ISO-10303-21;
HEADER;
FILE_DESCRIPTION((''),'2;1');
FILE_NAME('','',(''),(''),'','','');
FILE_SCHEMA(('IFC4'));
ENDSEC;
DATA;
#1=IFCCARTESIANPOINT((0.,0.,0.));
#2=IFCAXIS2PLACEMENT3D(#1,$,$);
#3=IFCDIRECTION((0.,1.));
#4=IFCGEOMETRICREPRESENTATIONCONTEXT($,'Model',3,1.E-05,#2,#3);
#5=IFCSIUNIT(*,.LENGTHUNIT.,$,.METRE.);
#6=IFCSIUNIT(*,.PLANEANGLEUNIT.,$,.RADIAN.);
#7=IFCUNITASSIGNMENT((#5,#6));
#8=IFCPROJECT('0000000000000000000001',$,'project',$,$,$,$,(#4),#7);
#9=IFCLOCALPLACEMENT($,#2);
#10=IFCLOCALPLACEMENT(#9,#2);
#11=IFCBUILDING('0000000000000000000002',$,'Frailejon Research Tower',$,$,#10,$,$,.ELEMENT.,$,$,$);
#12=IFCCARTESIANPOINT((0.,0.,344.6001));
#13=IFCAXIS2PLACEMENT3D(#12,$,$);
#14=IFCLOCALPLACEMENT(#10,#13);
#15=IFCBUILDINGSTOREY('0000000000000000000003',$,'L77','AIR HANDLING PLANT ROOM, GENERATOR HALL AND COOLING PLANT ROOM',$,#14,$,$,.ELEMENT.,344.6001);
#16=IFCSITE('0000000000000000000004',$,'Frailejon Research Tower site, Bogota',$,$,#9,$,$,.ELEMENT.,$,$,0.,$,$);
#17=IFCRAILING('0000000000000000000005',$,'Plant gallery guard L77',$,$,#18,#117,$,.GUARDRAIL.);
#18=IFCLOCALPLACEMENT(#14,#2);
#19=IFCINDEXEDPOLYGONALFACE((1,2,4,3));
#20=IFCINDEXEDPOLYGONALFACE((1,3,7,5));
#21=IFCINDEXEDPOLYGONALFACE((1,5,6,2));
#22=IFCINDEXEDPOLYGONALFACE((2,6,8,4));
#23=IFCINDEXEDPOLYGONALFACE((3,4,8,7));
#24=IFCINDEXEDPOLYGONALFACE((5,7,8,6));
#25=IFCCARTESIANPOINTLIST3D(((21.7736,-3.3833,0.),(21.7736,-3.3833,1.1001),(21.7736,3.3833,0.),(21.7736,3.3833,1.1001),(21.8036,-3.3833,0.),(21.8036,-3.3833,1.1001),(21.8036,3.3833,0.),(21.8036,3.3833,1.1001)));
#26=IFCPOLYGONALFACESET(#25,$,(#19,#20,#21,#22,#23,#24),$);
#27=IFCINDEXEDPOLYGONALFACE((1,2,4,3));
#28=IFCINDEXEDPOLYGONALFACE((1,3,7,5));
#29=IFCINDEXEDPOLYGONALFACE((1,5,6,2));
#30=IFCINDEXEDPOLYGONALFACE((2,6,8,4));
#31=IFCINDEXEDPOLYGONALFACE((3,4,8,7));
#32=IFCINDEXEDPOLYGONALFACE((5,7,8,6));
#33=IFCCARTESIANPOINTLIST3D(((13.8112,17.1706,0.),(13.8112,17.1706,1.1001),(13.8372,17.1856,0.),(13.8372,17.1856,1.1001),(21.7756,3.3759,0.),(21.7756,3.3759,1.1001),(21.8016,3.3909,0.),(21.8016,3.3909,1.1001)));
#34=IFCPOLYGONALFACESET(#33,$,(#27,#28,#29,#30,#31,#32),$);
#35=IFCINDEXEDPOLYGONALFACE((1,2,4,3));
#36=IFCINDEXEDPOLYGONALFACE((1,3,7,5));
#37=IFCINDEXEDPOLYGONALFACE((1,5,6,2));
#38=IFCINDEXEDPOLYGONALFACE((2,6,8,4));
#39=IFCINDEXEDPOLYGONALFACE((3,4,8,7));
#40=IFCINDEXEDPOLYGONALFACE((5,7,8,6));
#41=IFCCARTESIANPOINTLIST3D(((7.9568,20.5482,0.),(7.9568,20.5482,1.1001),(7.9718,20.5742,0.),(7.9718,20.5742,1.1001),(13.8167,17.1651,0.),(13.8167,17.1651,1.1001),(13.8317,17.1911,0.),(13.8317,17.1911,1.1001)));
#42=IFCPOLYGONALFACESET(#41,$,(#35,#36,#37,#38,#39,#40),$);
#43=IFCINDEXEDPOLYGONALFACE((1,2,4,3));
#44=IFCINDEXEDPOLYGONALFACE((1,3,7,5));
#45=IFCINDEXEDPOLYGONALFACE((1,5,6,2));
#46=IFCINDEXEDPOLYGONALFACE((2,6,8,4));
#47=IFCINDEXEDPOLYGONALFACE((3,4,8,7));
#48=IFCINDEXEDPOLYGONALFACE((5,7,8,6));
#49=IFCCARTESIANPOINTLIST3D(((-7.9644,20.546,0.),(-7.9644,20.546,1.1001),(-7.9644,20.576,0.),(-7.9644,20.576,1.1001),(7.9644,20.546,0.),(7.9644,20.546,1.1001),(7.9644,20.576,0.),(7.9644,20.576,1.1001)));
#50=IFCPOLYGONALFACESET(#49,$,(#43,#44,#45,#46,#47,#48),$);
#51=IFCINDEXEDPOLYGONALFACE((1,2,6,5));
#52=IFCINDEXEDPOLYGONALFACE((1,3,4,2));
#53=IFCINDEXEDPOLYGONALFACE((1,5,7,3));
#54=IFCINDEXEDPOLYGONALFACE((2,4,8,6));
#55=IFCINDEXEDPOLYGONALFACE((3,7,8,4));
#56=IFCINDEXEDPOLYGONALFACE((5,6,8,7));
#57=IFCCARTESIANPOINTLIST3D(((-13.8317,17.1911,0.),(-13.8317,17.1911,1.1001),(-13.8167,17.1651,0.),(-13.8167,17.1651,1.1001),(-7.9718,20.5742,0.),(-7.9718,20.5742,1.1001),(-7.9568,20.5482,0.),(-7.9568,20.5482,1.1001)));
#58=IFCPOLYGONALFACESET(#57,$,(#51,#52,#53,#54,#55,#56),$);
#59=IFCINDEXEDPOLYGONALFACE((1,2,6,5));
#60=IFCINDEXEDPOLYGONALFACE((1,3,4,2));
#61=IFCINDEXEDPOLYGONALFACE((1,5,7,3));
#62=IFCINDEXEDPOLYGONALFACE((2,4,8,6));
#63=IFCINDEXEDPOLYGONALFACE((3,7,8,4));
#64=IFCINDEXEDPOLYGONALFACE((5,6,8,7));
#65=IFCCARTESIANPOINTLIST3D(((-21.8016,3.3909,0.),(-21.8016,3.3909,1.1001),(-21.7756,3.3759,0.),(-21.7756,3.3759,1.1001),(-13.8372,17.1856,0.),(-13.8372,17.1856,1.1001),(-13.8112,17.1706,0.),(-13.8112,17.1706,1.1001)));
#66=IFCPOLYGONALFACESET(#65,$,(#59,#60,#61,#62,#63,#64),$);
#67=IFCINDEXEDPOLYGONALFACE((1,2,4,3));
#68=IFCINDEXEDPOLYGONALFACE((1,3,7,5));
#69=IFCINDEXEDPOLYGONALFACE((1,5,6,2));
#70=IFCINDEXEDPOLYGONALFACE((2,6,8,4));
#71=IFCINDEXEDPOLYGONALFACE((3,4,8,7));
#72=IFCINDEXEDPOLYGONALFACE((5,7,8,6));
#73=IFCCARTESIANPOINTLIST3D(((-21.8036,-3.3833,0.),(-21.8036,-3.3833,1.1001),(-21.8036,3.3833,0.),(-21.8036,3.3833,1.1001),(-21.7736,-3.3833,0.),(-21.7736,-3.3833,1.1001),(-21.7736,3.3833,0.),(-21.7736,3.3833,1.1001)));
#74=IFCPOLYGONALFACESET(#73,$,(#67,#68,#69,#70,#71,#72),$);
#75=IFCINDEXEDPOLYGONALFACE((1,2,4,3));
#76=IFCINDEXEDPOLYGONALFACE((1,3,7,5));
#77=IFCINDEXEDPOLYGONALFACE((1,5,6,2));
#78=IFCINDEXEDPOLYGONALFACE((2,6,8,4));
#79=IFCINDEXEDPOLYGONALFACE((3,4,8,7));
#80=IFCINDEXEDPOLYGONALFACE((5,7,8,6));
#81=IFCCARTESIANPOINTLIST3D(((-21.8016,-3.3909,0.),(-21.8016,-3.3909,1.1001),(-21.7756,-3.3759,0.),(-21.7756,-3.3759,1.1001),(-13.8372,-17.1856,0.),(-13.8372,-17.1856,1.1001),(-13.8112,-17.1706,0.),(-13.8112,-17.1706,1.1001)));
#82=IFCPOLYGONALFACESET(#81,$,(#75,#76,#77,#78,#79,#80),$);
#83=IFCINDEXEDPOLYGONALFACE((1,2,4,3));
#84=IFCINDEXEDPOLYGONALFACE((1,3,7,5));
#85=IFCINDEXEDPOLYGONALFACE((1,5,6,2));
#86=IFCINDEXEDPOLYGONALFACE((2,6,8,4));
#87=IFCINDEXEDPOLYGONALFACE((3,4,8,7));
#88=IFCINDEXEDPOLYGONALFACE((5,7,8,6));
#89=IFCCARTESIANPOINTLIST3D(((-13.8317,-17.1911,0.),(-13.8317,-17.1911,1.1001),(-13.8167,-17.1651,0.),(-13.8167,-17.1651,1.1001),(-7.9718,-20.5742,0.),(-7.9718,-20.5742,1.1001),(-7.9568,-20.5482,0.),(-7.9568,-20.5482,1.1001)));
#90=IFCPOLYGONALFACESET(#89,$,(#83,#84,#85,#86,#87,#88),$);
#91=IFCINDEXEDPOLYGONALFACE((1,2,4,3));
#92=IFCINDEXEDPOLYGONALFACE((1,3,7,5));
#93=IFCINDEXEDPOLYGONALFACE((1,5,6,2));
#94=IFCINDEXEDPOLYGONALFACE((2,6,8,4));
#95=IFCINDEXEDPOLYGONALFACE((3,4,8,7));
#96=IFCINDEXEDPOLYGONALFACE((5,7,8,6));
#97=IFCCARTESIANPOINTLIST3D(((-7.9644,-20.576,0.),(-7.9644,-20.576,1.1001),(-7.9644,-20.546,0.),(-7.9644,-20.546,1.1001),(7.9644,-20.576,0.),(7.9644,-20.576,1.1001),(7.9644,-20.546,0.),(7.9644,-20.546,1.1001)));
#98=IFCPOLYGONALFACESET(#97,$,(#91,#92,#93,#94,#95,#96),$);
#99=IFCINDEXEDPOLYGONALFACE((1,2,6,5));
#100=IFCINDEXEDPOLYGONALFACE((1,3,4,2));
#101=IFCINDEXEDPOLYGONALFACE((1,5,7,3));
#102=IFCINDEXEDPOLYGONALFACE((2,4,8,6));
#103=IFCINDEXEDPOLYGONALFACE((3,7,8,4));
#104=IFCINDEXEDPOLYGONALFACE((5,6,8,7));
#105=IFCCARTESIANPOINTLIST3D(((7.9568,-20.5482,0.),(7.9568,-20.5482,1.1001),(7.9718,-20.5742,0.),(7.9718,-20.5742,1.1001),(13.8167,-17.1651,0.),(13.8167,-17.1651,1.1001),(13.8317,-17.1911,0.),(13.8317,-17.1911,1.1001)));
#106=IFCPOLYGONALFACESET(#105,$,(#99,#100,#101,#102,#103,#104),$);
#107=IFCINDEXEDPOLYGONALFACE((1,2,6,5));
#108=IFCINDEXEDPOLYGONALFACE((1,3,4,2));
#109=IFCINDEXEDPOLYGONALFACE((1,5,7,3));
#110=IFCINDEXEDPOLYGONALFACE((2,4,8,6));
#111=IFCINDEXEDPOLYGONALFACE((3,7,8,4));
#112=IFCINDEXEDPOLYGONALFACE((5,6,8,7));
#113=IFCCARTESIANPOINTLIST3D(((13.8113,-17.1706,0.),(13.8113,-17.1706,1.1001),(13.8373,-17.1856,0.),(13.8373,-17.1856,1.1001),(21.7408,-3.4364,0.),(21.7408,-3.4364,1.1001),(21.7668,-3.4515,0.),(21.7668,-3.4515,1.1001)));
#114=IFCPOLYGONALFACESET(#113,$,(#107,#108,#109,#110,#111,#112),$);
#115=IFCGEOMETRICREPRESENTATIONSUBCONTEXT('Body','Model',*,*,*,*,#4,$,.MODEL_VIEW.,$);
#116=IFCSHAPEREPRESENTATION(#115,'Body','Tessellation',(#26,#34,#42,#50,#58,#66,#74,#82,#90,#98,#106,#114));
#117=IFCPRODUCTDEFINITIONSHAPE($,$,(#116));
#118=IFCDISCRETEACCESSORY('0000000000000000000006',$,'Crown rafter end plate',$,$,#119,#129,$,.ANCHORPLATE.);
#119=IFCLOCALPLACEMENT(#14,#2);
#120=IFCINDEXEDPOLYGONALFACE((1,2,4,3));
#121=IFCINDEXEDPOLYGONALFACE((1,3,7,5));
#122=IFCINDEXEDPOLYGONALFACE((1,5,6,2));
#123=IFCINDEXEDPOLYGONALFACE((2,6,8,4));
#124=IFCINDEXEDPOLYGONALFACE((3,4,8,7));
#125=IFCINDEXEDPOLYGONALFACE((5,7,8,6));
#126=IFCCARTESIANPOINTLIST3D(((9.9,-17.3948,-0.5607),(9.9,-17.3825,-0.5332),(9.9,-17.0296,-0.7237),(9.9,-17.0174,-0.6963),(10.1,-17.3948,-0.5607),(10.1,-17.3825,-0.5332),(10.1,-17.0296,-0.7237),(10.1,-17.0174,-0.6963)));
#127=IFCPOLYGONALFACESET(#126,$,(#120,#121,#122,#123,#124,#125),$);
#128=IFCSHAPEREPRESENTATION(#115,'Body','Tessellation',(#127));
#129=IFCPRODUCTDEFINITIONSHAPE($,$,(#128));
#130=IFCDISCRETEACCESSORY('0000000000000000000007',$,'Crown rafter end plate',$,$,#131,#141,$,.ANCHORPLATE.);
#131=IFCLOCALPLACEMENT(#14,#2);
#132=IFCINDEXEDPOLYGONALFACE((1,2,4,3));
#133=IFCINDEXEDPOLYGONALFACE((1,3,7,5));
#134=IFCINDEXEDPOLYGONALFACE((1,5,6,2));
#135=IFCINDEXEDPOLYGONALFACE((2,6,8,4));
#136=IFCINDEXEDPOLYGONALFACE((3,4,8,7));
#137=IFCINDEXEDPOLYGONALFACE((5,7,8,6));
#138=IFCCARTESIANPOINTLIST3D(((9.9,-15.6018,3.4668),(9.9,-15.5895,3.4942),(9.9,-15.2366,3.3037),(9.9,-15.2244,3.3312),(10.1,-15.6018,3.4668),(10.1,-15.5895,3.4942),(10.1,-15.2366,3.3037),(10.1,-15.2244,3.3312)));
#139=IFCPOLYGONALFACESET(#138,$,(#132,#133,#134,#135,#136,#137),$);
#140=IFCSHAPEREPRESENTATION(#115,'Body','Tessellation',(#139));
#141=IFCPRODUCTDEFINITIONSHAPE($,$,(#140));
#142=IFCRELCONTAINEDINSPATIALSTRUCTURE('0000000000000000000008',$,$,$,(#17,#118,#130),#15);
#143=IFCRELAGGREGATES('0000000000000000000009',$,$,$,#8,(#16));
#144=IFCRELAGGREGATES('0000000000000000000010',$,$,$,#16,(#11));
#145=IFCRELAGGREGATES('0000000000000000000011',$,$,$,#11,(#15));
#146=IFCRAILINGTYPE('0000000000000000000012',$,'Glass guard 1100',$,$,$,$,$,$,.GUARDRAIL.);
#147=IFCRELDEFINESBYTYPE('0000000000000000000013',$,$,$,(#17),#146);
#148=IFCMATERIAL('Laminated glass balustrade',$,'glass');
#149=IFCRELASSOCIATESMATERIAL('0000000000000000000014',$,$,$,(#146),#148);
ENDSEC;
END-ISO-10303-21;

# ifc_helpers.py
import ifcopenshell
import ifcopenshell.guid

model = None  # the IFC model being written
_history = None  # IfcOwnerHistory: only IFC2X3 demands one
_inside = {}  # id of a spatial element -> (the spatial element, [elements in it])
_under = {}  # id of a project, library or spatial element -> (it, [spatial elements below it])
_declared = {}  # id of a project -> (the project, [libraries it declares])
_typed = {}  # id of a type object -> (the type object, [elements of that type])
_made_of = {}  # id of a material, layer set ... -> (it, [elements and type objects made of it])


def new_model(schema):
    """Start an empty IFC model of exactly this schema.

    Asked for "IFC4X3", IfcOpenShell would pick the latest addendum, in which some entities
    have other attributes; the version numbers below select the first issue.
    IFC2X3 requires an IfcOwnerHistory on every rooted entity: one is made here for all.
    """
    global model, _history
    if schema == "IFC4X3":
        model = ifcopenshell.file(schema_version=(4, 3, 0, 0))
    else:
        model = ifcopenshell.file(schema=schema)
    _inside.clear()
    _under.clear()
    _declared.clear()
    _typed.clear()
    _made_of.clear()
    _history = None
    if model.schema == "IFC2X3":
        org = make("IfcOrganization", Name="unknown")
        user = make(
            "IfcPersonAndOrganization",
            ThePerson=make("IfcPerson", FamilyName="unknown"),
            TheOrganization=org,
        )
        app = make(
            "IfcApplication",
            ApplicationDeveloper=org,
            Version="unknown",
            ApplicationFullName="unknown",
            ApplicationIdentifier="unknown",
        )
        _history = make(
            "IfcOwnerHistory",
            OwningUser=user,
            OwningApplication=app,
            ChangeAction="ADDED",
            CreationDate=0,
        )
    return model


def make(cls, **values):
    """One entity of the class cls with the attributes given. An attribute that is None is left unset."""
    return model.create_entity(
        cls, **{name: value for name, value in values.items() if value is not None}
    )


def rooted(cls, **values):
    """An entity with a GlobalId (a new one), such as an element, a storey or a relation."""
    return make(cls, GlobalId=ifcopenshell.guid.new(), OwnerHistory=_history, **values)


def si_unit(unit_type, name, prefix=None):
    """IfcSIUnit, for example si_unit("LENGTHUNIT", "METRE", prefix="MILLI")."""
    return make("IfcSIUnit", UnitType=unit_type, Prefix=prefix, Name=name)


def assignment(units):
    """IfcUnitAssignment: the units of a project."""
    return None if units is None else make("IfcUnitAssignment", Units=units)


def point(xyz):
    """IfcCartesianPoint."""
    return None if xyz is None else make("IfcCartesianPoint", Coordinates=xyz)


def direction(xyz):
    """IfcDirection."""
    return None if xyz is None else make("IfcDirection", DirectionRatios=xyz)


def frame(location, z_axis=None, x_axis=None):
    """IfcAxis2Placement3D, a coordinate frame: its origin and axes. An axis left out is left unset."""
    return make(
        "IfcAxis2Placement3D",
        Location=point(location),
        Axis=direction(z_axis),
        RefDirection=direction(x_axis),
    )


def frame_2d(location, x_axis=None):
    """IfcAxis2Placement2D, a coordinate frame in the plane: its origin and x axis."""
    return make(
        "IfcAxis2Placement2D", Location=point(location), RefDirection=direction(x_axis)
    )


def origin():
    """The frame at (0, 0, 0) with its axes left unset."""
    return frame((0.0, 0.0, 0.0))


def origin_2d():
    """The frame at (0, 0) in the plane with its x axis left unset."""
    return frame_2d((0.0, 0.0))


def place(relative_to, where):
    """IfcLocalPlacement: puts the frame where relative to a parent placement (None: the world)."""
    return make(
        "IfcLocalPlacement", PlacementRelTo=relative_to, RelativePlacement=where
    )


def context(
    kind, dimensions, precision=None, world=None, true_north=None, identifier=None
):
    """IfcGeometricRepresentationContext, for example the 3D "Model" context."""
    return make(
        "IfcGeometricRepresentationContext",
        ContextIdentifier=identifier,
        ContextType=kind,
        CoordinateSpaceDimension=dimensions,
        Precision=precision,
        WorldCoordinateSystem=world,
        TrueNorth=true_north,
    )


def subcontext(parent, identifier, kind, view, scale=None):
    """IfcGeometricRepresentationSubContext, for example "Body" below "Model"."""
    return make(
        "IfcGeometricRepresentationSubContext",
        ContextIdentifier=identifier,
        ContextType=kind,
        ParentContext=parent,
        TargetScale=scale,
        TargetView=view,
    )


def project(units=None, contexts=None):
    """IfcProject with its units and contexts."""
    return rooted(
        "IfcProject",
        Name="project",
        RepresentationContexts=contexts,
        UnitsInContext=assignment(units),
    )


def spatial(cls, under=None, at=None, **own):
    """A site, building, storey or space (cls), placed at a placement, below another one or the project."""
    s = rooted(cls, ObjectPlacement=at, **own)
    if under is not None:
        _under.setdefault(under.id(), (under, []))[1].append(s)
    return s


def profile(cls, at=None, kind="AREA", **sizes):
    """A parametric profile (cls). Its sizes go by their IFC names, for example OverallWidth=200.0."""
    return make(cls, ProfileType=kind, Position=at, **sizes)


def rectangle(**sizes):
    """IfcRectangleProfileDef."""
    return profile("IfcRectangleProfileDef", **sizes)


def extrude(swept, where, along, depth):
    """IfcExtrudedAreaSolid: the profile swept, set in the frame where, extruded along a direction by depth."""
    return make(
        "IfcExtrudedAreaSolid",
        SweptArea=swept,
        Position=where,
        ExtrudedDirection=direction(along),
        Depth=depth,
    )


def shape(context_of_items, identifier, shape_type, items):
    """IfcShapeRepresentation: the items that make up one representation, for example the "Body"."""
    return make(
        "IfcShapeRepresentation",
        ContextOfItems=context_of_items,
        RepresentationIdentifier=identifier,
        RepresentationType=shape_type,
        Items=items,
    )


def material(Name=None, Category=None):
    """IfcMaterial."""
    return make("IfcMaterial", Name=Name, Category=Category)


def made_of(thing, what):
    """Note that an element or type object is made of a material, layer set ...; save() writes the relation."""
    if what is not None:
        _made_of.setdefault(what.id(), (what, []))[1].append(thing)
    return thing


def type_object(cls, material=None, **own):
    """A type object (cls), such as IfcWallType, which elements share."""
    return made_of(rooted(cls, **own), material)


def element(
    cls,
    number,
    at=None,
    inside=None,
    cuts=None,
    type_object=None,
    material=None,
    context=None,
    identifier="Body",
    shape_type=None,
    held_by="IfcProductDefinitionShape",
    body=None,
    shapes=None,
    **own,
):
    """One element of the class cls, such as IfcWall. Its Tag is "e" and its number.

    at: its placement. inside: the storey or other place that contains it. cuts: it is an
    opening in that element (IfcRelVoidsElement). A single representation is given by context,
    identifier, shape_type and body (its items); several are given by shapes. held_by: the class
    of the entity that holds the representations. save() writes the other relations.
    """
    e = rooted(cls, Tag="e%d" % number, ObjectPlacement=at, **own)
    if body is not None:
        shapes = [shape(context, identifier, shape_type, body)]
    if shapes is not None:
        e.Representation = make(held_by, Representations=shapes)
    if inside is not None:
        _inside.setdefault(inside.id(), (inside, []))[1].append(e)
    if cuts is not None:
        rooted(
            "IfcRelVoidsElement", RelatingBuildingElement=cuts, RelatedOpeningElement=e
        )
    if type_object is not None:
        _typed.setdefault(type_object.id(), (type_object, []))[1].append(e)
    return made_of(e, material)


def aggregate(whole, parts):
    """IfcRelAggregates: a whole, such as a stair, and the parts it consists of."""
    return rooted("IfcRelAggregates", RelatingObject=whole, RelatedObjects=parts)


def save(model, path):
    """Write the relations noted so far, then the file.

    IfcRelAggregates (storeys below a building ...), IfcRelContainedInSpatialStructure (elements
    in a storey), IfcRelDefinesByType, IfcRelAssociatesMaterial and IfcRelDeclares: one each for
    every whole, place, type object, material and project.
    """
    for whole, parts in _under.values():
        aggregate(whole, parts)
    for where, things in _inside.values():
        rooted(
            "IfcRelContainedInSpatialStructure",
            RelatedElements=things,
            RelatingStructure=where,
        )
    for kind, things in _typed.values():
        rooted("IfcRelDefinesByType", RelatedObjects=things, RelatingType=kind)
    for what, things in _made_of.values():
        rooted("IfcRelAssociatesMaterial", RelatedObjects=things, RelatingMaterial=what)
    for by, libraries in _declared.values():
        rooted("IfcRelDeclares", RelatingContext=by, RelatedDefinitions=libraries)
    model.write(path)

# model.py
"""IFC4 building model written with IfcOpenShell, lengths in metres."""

from ifc_helpers import new_model, si_unit, direction, frame, origin, origin_2d, place, context, subcontext, project, spatial, rectangle, extrude, material, type_object, element, save


model = new_model("IFC4")

# Units and contexts
model_context = context("Model", 3, precision=1e-05, world=origin(), true_north=direction((0.0, 1.0)))
body_context = subcontext(model_context, "Body", "Model", "MODEL_VIEW")
ifc_project = project(units=[si_unit("LENGTHUNIT", "METRE"), si_unit("PLANEANGLEUNIT", "RADIAN")], contexts=[model_context])

# Site, building, storey
site_placement = place(None, origin())
site = spatial("IfcSite", under=ifc_project, at=site_placement, Name="Frailejon Research Tower site, Bogota", CompositionType="ELEMENT", RefElevation=0.0)
building_placement = place(site_placement, origin())
building = spatial("IfcBuilding", under=site, at=building_placement, Name="Frailejon Research Tower", CompositionType="ELEMENT")
storey_placement = place(building_placement, frame((0.0, 0.0, 344.6001)))
storey = spatial("IfcBuildingStorey", under=building, at=storey_placement, Name="L77", Description="AIR HANDLING PLANT ROOM, GENERATOR HALL AND COOLING PLANT ROOM", CompositionType="ELEMENT", Elevation=344.6001)

# Railing
ifc_material_1 = material(Name="Laminated glass balustrade", Category="glass")
railing_type = type_object("IfcRailingType", Name="Glass guard 1100", PredefinedType="GUARDRAIL", material=ifc_material_1)
railing_placement = place(storey_placement, frame((21.7886, -3.3833, 0.0)))
element("IfcRailing", 1, at=railing_placement, inside=storey, type_object=railing_type, Name="Plant gallery guard L77", PredefinedType="GUARDRAIL", context=body_context, shape_type="SweptSolid", body=[
    extrude(rectangle(XDim=6.7666, YDim=0.03, at=origin_2d()), frame((0.0, 3.3833, 0.0), z_axis=(0.0, 0.0, 1.0), x_axis=(0.0, 1.0, 0.0)), (0.0, 0.0, 1.0), 1.1001),
    extrude(rectangle(XDim=15.9287, YDim=0.03, at=origin_2d()), frame((-3.9822, 13.6641, 0.0), z_axis=(0.0, 0.0, 1.0), x_axis=(-0.5, 0.866026, 0.0)), (0.0, 0.0, 1.0), 1.1001),
    extrude(rectangle(XDim=6.7664, YDim=0.03, at=origin_2d()), frame((-10.8943, 22.2529, 0.0), z_axis=(0.0, 0.0, 1.0), x_axis=(-0.866034, 0.499985, 0.0)), (0.0, 0.0, 1.0), 1.1001),
    extrude(rectangle(XDim=15.9287, YDim=0.03, at=origin_2d()), frame((-21.7886, 23.9443, 0.0), z_axis=(0.0, 0.0, 1.0), x_axis=(-1.0, 0.0, 0.0)), (0.0, 0.0, 1.0), 1.1001),
    extrude(rectangle(XDim=6.7664, YDim=0.03, at=origin_2d()), frame((-32.6829, 22.2529, 0.0), z_axis=(0.0, 0.0, 1.0), x_axis=(-0.866034, -0.499985, 0.0)), (0.0, 0.0, 1.0), 1.1001),
    extrude(rectangle(XDim=15.9287, YDim=0.03, at=origin_2d()), frame((-39.595, 13.6641, 0.0), z_axis=(0.0, 0.0, 1.0), x_axis=(-0.5, -0.866026, 0.0)), (0.0, 0.0, 1.0), 1.1001),
    extrude(rectangle(XDim=6.7666, YDim=0.03, at=origin_2d()), frame((-43.5771, 3.3833, 0.0), z_axis=(0.0, 0.0, 1.0), x_axis=(0.0, -1.0, 0.0)), (0.0, 0.0, 1.0), 1.1001),
    extrude(rectangle(XDim=15.9287, YDim=0.03, at=origin_2d()), frame((-39.595, -6.8975, 0.0), z_axis=(0.0, 0.0, 1.0), x_axis=(0.5, -0.866026, 0.0)), (0.0, 0.0, 1.0), 1.1001),
    extrude(rectangle(XDim=6.7664, YDim=0.03, at=origin_2d()), frame((-32.6829, -15.4863, 0.0), z_axis=(0.0, 0.0, 1.0), x_axis=(0.866034, -0.499985, 0.0)), (0.0, 0.0, 1.0), 1.1001),
    extrude(rectangle(XDim=15.9287, YDim=0.03, at=origin_2d()), frame((-21.7886, -17.1777, 0.0), z_axis=(0.0, 0.0, 1.0), x_axis=(1.0, 0.0, 0.0)), (0.0, 0.0, 1.0), 1.1001),
    extrude(rectangle(XDim=6.7664, YDim=0.03, at=origin_2d()), frame((-10.8943, -15.4863, 0.0), z_axis=(0.0, 0.0, 1.0), x_axis=(0.866034, 0.499985, 0.0)), (0.0, 0.0, 1.0), 1.1001),
    extrude(rectangle(XDim=15.8589, YDim=0.03, at=origin_2d()), frame((-3.9995, -6.9277, 0.0), z_axis=(0.0, 0.0, 1.0), x_axis=(0.500002, 0.866024, 0.0)), (0.0, 0.0, 1.0), 1.1001),
])

# Discrete accessories
for number, where, z_axis, x_axis, name in (
    (2, (10.0, -17.2, -0.6147), (0.0, -0.407651, -0.913138), (1.0, 0.0, 0.0), "Crown rafter end plate"),
    (3, (10.0, -15.4192, 3.3853), (0.0, 0.407651, 0.913138), (-1.0, 0.0, 0.0), "Crown rafter end plate"),
):
    element("IfcDiscreteAccessory", number, at=place(storey_placement, frame(where, z_axis=z_axis, x_axis=x_axis)), inside=storey, Name=name, PredefinedType="ANCHORPLATE", context=body_context, shape_type="SweptSolid", body=[
        extrude(rectangle(XDim=0.2, YDim=0.3999, at=origin_2d()), origin(), (0.0, 0.0, 1.0), 0.03),
    ])

save(model, "model.ifc")
